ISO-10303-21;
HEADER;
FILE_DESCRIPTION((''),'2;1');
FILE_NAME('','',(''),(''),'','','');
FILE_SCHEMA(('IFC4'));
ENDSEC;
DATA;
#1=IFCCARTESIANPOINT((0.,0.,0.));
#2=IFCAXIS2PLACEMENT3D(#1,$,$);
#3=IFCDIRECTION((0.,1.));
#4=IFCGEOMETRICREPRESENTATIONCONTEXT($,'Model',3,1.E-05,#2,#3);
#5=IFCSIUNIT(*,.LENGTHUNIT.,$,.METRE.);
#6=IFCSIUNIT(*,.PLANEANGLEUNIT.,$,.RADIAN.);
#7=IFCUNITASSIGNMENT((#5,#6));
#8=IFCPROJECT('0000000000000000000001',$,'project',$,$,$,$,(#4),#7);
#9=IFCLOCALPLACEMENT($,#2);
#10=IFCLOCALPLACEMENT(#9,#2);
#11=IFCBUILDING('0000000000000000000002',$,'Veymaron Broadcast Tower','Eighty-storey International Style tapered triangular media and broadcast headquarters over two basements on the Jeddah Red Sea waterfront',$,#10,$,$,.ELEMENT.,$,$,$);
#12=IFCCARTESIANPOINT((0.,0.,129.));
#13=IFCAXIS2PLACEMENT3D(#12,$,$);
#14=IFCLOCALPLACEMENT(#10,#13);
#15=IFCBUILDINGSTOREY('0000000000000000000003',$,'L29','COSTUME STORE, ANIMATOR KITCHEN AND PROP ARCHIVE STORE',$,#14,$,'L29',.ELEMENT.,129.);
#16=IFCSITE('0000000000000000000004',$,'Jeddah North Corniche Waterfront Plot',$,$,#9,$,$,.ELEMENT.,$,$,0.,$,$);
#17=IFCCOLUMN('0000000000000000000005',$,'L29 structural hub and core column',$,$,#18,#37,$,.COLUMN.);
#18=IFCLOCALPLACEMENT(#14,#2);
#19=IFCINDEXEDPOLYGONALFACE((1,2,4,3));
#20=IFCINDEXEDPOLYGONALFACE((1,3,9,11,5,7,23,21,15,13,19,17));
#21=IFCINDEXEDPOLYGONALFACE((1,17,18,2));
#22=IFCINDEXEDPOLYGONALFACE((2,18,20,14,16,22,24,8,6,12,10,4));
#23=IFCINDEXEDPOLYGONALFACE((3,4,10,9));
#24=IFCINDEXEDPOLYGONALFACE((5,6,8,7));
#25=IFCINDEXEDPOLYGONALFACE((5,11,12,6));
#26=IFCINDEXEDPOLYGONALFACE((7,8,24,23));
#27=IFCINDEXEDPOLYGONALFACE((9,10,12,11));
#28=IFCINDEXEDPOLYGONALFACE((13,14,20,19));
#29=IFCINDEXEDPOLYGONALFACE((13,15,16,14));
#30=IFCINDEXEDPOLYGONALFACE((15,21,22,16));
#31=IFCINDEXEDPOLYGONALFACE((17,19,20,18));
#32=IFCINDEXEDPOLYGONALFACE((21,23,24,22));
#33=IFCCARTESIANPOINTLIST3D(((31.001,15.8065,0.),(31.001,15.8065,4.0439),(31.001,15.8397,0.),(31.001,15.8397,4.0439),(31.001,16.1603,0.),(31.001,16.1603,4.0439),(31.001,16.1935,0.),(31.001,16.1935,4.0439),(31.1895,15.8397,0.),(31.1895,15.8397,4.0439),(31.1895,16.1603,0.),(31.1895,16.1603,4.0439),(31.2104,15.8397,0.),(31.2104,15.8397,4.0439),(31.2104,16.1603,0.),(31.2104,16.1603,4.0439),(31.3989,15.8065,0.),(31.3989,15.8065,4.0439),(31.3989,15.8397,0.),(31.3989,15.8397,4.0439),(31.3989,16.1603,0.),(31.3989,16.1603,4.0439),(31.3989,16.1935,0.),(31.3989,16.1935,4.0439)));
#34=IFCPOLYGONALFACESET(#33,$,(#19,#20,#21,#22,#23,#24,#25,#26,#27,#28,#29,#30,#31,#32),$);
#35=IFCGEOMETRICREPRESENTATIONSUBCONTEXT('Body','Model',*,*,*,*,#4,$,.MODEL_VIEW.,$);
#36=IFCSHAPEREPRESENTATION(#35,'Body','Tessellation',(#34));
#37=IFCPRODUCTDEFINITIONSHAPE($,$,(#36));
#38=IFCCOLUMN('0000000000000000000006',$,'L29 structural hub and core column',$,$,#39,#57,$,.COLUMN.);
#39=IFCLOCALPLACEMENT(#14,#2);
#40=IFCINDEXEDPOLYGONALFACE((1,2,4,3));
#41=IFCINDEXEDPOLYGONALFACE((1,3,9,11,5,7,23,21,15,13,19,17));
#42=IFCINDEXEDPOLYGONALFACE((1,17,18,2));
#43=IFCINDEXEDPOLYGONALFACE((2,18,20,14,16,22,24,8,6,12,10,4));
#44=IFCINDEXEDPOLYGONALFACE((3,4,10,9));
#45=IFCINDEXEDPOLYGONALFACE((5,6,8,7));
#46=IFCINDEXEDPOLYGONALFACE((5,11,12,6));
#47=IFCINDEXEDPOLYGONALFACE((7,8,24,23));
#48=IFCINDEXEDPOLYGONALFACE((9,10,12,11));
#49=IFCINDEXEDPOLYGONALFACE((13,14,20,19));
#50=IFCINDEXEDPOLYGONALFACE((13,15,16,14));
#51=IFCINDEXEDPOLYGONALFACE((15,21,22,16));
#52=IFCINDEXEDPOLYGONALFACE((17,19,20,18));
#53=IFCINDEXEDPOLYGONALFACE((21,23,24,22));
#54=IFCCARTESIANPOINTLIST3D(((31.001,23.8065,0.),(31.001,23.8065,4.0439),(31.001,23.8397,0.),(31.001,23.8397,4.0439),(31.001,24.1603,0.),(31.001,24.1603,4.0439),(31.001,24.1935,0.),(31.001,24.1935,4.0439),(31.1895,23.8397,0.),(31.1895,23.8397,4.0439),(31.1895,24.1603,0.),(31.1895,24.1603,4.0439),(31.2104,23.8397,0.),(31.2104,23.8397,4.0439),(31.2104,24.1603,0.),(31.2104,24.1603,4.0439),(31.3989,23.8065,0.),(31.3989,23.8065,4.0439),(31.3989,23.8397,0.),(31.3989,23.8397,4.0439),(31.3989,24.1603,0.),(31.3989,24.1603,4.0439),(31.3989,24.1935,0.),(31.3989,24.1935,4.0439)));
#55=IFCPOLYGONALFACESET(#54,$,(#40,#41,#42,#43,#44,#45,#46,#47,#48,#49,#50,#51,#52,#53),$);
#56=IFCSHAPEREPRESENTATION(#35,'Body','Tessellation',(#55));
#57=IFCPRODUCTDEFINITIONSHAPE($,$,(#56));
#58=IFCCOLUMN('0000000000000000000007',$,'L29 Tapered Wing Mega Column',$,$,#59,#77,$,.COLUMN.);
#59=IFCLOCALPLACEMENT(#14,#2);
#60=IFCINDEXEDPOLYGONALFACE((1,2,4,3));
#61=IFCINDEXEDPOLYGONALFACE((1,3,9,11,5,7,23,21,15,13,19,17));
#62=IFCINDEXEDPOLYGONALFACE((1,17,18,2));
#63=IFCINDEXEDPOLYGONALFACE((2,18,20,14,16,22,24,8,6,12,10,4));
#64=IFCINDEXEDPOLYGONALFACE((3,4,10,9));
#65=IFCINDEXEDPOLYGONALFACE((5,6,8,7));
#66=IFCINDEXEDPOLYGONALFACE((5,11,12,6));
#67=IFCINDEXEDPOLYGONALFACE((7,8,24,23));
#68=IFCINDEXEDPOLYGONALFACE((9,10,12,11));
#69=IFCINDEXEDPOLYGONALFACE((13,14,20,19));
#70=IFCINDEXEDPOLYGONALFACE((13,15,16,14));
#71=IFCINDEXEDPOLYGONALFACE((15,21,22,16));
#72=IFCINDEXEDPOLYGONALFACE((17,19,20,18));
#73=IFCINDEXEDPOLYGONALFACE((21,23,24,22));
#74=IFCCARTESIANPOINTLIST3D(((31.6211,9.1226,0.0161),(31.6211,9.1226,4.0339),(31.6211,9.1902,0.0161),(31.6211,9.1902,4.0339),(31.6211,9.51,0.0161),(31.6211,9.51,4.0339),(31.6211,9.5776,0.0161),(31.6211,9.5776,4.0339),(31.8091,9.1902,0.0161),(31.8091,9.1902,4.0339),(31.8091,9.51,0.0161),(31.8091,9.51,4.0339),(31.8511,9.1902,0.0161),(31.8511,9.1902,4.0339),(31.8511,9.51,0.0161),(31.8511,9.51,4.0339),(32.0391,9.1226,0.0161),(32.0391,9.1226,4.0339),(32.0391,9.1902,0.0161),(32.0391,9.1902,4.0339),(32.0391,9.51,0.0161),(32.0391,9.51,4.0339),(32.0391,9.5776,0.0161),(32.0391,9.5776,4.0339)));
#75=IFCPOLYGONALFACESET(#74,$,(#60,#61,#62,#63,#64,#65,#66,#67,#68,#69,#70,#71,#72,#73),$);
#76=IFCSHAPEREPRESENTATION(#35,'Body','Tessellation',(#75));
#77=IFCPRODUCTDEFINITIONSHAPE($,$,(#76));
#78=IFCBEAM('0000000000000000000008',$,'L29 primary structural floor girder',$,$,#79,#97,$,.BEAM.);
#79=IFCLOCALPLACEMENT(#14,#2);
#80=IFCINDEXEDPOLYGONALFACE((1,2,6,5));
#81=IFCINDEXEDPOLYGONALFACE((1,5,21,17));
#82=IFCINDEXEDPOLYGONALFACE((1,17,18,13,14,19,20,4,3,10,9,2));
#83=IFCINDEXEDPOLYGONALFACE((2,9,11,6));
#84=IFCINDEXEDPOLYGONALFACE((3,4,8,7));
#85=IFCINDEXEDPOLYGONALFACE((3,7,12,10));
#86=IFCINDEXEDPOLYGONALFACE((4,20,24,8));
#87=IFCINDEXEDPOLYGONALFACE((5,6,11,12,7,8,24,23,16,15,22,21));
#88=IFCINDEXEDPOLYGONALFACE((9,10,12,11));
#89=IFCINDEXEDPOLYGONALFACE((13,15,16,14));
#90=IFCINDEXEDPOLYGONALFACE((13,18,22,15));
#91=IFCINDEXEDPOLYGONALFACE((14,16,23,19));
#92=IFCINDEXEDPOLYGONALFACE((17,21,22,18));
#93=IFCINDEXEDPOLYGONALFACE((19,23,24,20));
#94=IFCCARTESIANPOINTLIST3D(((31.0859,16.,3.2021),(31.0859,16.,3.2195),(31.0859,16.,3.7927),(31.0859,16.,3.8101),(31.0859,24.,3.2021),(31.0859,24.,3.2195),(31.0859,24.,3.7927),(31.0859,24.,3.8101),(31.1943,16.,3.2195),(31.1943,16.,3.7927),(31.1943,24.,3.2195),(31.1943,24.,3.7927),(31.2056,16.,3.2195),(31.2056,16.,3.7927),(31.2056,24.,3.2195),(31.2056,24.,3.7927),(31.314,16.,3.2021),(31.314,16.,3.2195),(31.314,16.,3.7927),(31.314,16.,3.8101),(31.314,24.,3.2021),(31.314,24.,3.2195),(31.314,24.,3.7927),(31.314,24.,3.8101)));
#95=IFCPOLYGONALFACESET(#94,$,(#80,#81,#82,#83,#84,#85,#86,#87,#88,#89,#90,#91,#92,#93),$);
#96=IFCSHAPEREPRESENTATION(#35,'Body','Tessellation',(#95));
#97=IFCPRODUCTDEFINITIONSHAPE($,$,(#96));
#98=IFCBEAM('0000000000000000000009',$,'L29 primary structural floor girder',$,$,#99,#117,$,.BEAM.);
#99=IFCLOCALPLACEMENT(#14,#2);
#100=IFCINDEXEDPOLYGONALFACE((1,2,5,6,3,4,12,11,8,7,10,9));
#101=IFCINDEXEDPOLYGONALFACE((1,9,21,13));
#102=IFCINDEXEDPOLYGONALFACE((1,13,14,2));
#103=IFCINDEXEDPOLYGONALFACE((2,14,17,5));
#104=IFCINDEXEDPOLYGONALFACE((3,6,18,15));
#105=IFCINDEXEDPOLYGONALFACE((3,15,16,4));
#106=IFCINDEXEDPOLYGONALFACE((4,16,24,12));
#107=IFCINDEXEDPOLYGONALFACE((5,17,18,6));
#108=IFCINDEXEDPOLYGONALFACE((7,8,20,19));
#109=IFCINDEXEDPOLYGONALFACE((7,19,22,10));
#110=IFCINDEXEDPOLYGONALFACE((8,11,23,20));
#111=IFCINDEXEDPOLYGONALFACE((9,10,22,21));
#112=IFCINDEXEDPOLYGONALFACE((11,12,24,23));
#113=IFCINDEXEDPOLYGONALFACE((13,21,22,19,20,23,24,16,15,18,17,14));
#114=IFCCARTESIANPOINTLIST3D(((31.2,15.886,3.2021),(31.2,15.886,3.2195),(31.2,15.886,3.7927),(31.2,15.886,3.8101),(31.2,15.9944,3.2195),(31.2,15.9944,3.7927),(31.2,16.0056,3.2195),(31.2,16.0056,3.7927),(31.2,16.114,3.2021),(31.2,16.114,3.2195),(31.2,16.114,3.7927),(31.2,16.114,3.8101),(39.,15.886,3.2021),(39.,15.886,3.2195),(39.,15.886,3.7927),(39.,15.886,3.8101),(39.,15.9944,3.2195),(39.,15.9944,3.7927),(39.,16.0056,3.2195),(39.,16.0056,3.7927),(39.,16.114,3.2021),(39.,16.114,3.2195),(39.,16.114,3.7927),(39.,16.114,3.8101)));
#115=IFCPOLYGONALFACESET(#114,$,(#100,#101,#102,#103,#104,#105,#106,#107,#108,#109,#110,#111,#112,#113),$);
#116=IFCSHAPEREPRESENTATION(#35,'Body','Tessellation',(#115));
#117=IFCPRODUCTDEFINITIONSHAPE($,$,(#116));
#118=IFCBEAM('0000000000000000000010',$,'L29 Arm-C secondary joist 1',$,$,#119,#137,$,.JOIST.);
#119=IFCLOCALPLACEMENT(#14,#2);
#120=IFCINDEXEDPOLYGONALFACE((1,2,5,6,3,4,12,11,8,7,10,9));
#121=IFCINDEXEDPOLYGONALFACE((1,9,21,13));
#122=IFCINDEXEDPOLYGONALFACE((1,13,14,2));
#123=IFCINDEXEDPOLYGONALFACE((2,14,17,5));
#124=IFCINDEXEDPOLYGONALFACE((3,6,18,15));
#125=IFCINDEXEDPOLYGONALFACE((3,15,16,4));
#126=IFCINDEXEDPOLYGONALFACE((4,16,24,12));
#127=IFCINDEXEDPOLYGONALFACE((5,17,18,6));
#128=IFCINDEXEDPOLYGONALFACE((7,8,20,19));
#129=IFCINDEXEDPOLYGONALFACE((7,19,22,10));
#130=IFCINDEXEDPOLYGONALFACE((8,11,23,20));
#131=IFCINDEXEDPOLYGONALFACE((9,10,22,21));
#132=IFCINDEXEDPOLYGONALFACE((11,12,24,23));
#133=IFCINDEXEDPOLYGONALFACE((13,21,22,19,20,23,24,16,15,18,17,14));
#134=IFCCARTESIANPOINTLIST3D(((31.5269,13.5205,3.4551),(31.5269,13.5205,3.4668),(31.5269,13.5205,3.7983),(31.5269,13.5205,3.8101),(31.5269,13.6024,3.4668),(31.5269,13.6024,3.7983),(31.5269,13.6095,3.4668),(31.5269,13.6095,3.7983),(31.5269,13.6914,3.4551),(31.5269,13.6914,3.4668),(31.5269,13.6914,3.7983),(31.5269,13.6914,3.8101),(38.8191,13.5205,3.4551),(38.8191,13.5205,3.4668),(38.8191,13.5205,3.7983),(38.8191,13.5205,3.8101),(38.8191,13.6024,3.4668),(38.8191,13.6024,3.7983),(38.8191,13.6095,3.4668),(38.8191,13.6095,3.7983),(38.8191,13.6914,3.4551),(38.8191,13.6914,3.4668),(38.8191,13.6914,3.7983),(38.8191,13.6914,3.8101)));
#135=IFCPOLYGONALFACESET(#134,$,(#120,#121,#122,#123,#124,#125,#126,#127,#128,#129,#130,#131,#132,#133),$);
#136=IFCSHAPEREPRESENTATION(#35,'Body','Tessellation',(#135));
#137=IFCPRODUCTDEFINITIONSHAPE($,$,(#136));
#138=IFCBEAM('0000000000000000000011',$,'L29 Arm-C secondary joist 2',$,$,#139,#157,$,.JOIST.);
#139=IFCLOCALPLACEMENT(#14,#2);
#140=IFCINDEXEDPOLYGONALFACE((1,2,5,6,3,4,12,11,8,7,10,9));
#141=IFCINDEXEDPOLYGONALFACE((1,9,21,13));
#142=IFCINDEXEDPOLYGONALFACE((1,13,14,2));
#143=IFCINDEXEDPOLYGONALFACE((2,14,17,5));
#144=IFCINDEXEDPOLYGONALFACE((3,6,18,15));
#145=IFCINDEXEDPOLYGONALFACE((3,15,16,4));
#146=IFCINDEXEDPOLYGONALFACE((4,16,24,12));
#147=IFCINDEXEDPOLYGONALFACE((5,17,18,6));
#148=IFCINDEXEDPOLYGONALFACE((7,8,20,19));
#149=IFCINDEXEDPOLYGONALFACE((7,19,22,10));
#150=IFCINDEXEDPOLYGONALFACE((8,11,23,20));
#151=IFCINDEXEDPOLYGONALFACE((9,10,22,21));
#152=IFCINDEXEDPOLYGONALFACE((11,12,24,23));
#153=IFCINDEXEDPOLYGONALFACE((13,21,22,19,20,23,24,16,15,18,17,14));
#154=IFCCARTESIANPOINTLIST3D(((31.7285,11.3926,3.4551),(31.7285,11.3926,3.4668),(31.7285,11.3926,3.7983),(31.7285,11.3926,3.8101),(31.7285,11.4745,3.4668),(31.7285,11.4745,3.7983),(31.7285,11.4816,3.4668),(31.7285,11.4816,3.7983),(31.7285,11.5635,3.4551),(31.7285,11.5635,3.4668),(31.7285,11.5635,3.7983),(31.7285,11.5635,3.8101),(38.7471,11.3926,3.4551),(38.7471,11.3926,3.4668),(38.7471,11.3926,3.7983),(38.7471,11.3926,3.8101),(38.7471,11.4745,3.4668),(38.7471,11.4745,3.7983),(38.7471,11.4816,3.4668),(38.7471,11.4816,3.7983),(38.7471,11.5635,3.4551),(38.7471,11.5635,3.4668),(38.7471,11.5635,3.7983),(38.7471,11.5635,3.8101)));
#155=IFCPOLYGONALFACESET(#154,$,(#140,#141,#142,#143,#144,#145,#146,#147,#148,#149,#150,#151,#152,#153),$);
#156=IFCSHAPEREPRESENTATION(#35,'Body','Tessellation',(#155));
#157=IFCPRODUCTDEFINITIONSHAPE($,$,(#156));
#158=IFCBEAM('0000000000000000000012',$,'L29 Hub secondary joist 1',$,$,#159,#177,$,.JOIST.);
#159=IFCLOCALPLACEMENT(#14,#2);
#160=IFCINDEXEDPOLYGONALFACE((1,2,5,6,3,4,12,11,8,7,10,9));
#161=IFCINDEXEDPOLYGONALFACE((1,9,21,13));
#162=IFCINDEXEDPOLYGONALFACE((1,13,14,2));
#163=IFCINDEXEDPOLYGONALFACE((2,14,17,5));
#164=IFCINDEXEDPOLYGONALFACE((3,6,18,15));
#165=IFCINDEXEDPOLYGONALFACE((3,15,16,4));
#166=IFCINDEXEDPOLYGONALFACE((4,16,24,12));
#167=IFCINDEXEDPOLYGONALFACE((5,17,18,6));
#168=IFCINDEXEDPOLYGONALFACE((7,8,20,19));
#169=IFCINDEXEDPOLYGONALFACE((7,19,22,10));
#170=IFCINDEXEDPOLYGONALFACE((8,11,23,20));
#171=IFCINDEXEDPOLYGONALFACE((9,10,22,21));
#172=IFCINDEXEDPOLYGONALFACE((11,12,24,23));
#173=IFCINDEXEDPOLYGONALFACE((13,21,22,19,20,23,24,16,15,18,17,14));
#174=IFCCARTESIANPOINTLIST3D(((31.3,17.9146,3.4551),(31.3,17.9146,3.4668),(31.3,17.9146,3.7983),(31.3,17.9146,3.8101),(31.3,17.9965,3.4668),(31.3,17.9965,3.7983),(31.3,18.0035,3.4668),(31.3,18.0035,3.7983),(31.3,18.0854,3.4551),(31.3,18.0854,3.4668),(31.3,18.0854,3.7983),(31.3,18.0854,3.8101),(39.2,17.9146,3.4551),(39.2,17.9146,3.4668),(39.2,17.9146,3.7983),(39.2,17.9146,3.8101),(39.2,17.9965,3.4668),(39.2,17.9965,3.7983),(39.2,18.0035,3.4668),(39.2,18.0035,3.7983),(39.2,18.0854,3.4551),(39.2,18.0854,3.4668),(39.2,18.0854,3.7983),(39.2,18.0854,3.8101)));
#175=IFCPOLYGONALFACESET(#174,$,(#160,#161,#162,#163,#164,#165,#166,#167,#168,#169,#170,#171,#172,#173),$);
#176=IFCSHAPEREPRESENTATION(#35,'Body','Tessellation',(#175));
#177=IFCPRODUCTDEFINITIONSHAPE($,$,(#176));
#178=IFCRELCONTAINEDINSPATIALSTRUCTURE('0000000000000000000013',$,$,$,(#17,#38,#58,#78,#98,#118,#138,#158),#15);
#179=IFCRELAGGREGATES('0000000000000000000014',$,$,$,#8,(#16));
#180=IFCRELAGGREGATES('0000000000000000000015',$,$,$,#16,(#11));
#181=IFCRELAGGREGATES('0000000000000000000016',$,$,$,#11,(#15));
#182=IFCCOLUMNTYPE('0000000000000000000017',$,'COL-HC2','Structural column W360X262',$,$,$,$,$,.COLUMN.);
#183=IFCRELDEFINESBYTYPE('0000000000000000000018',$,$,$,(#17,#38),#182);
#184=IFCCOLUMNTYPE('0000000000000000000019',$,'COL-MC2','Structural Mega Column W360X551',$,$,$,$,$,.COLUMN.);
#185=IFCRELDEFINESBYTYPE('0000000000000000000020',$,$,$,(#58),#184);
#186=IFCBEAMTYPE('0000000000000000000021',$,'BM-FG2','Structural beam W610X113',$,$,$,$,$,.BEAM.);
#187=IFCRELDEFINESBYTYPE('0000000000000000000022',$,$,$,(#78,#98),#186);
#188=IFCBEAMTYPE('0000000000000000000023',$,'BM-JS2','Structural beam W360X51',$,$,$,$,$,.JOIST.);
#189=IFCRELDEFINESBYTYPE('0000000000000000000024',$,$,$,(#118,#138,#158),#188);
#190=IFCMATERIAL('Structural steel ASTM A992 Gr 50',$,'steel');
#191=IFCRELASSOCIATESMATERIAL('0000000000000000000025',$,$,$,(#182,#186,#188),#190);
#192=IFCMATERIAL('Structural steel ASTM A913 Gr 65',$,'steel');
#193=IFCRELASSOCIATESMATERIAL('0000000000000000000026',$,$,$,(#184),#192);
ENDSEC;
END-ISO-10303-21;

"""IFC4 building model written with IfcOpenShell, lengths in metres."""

from ifc_helpers import new_model, si_unit, direction, frame, origin, origin_2d, place, context, subcontext, project, spatial, i_section, extrude, material, material_profile, profile_set, type_object, element, save


model = new_model("IFC4")

# Units and contexts
model_context = context("Model", 3, precision=1e-05, world=origin(), true_north=direction((0.0, 1.0)))
body_context = subcontext(model_context, "Body", "Model", "MODEL_VIEW")
ifc_project = project(units=[si_unit("LENGTHUNIT", "METRE"), si_unit("PLANEANGLEUNIT", "RADIAN")], contexts=[model_context])

# Site, building, storey
site_placement = place(None, origin())
site = spatial("IfcSite", under=ifc_project, at=site_placement, Name="Jeddah North Corniche Waterfront Plot", CompositionType="ELEMENT", RefElevation=0.0)
building_placement = place(site_placement, origin())
building = spatial("IfcBuilding", under=site, at=building_placement, Name="Veymaron Broadcast Tower", Description="Eighty-storey International Style tapered triangular media and broadcast headquarters over two basements on the Jeddah Red Sea waterfront", CompositionType="ELEMENT")
storey_placement = place(building_placement, frame((0.0, 0.0, 129.0)))
storey = spatial("IfcBuildingStorey", under=building, at=storey_placement, Name="L29", Description="COSTUME STORE, ANIMATOR KITCHEN AND PROP ARCHIVE STORE", LongName="L29", CompositionType="ELEMENT", Elevation=129.0)

# Columns
ifc_material_1 = material(Name="Structural steel ASTM A992 Gr 50", Category="steel")
ifc_material_profile_1 = material_profile(ifc_material_1, i_section(OverallWidth=0.3979, OverallDepth=0.387, WebThickness=0.021, FlangeThickness=0.0332, at=origin_2d()), Name="W360X262")
ifc_profile_set_1 = profile_set([ifc_material_profile_1], Name="Structural steel ASTM A992 Gr 50")
column_type_1 = type_object("IfcColumnType", Name="COL-HC2", Description="Structural column W360X262", PredefinedType="COLUMN", material=ifc_profile_set_1)
for number, where, z_axis, x_axis, name in (
    (1, (31.2, 16.0, 0.0), (0.0, 0.0, 1.0), (1.0, 0.0, 0.0), "L29 structural hub and core column"),
    (2, (31.2, 24.0, 0.0), (0.0, 0.0, 1.0), (1.0, 0.0, 0.0), "L29 structural hub and core column"),
):
    element("IfcColumn", number, at=place(storey_placement, frame(where, z_axis=z_axis, x_axis=x_axis)), inside=storey, type_object=column_type_1, Name=name, PredefinedType="COLUMN", context=body_context, shape_type="SweptSolid", body=[
        extrude(i_section(OverallWidth=0.3979, OverallDepth=0.387, WebThickness=0.021, FlangeThickness=0.0332, at=origin_2d()), origin(), (0.0, 0.0, 1.0), 4.0439),
    ])
ifc_material_2 = material(Name="Structural steel ASTM A913 Gr 65", Category="steel")
ifc_material_profile_2 = material_profile(ifc_material_2, i_section(OverallWidth=0.418, OverallDepth=0.4551, WebThickness=0.042, FlangeThickness=0.0676, at=origin_2d()), Name="W360X551")
ifc_profile_set_2 = profile_set([ifc_material_profile_2], Name="Structural steel ASTM A913 Gr 65")
column_type_2 = type_object("IfcColumnType", Name="COL-MC2", Description="Structural Mega Column W360X551", PredefinedType="COLUMN", material=ifc_profile_set_2)
column_placement = place(storey_placement, frame((31.8301, 9.3501, 0.0161), z_axis=(0.0, 0.0, 1.0), x_axis=(1.0, 0.0, 0.0)))
element("IfcColumn", 3, at=column_placement, inside=storey, type_object=column_type_2, Name="L29 Tapered Wing Mega Column", PredefinedType="COLUMN", context=body_context, shape_type="SweptSolid", body=[
    extrude(i_section(OverallWidth=0.418, OverallDepth=0.4551, WebThickness=0.042, FlangeThickness=0.0676, at=origin_2d()), origin(), (0.0, 0.0, 1.0), 4.0178),
])

# Beams
ifc_material_profile_3 = material_profile(ifc_material_1, i_section(OverallWidth=0.228, OverallDepth=0.6079, WebThickness=0.0112, FlangeThickness=0.0173, at=origin_2d()), Name="W610X113")
ifc_profile_set_3 = profile_set([ifc_material_profile_3], Name="Structural steel ASTM A992 Gr 50")
beam_type_1 = type_object("IfcBeamType", Name="BM-FG2", Description="Structural beam W610X113", PredefinedType="BEAM", material=ifc_profile_set_3)
beam_1_placement = place(storey_placement, frame((31.2, 16.0, 3.5061), z_axis=(0.0, 1.0, 0.0), x_axis=(-1.0, 0.0, 0.0)))
element("IfcBeam", 4, at=beam_1_placement, inside=storey, type_object=beam_type_1, Name="L29 primary structural floor girder", PredefinedType="BEAM", context=body_context, shape_type="SweptSolid", body=[
    extrude(i_section(OverallWidth=0.228, OverallDepth=0.6079, WebThickness=0.0112, FlangeThickness=0.0173, at=origin_2d()), origin(), (0.0, 0.0, 1.0), 8.0),
])
beam_2_placement = place(storey_placement, frame((31.2, 16.0, 3.5061), z_axis=(1.0, 0.0, 0.0), x_axis=(0.0, 1.0, 0.0)))
element("IfcBeam", 5, at=beam_2_placement, inside=storey, type_object=beam_type_1, Name="L29 primary structural floor girder", PredefinedType="BEAM", context=body_context, shape_type="SweptSolid", body=[
    extrude(i_section(OverallWidth=0.228, OverallDepth=0.6079, WebThickness=0.0112, FlangeThickness=0.0173, at=origin_2d()), origin(), (0.0, 0.0, 1.0), 7.8),
])
ifc_material_profile_4 = material_profile(ifc_material_1, i_section(OverallWidth=0.1709, OverallDepth=0.355, WebThickness=0.0071, FlangeThickness=0.0117, at=origin_2d()), Name="W360X51")
ifc_profile_set_4 = profile_set([ifc_material_profile_4], Name="Structural steel ASTM A992 Gr 50")
beam_type_2 = type_object("IfcBeamType", Name="BM-JS2", Description="Structural beam W360X51", PredefinedType="JOIST", material=ifc_profile_set_4)
beam_3_placement = place(storey_placement, frame((31.5269, 13.606, 3.6326), z_axis=(1.0, 0.0, 0.0), x_axis=(0.0, 1.0, 0.0)))
element("IfcBeam", 6, at=beam_3_placement, inside=storey, type_object=beam_type_2, Name="L29 Arm-C secondary joist 1", PredefinedType="JOIST", context=body_context, shape_type="SweptSolid", body=[
    extrude(i_section(OverallWidth=0.1709, OverallDepth=0.355, WebThickness=0.0071, FlangeThickness=0.0117, at=origin_2d()), origin(), (0.0, 0.0, 1.0), 7.2922),
])
beam_4_placement = place(storey_placement, frame((31.7285, 11.478, 3.6326), z_axis=(1.0, 0.0, 0.0), x_axis=(0.0, 1.0, 0.0)))
element("IfcBeam", 7, at=beam_4_placement, inside=storey, type_object=beam_type_2, Name="L29 Arm-C secondary joist 2", PredefinedType="JOIST", context=body_context, shape_type="SweptSolid", body=[
    extrude(i_section(OverallWidth=0.1709, OverallDepth=0.355, WebThickness=0.0071, FlangeThickness=0.0117, at=origin_2d()), origin(), (0.0, 0.0, 1.0), 7.0186),
])
for number, where, z_axis, x_axis, name in (
    (8, (31.3, 18.0, 3.6326), (1.0, 0.0, 0.0), (0.0, 1.0, 0.0), "L29 Hub secondary joist 1"),
):
    element("IfcBeam", number, at=place(storey_placement, frame(where, z_axis=z_axis, x_axis=x_axis)), inside=storey, type_object=beam_type_2, Name=name, PredefinedType="JOIST", context=body_context, shape_type="SweptSolid", body=[
        extrude(i_section(OverallWidth=0.1709, OverallDepth=0.355, WebThickness=0.0071, FlangeThickness=0.0117, at=origin_2d()), origin(), (0.0, 0.0, 1.0), 7.8999),
    ])

save(model, "model.ifc")
